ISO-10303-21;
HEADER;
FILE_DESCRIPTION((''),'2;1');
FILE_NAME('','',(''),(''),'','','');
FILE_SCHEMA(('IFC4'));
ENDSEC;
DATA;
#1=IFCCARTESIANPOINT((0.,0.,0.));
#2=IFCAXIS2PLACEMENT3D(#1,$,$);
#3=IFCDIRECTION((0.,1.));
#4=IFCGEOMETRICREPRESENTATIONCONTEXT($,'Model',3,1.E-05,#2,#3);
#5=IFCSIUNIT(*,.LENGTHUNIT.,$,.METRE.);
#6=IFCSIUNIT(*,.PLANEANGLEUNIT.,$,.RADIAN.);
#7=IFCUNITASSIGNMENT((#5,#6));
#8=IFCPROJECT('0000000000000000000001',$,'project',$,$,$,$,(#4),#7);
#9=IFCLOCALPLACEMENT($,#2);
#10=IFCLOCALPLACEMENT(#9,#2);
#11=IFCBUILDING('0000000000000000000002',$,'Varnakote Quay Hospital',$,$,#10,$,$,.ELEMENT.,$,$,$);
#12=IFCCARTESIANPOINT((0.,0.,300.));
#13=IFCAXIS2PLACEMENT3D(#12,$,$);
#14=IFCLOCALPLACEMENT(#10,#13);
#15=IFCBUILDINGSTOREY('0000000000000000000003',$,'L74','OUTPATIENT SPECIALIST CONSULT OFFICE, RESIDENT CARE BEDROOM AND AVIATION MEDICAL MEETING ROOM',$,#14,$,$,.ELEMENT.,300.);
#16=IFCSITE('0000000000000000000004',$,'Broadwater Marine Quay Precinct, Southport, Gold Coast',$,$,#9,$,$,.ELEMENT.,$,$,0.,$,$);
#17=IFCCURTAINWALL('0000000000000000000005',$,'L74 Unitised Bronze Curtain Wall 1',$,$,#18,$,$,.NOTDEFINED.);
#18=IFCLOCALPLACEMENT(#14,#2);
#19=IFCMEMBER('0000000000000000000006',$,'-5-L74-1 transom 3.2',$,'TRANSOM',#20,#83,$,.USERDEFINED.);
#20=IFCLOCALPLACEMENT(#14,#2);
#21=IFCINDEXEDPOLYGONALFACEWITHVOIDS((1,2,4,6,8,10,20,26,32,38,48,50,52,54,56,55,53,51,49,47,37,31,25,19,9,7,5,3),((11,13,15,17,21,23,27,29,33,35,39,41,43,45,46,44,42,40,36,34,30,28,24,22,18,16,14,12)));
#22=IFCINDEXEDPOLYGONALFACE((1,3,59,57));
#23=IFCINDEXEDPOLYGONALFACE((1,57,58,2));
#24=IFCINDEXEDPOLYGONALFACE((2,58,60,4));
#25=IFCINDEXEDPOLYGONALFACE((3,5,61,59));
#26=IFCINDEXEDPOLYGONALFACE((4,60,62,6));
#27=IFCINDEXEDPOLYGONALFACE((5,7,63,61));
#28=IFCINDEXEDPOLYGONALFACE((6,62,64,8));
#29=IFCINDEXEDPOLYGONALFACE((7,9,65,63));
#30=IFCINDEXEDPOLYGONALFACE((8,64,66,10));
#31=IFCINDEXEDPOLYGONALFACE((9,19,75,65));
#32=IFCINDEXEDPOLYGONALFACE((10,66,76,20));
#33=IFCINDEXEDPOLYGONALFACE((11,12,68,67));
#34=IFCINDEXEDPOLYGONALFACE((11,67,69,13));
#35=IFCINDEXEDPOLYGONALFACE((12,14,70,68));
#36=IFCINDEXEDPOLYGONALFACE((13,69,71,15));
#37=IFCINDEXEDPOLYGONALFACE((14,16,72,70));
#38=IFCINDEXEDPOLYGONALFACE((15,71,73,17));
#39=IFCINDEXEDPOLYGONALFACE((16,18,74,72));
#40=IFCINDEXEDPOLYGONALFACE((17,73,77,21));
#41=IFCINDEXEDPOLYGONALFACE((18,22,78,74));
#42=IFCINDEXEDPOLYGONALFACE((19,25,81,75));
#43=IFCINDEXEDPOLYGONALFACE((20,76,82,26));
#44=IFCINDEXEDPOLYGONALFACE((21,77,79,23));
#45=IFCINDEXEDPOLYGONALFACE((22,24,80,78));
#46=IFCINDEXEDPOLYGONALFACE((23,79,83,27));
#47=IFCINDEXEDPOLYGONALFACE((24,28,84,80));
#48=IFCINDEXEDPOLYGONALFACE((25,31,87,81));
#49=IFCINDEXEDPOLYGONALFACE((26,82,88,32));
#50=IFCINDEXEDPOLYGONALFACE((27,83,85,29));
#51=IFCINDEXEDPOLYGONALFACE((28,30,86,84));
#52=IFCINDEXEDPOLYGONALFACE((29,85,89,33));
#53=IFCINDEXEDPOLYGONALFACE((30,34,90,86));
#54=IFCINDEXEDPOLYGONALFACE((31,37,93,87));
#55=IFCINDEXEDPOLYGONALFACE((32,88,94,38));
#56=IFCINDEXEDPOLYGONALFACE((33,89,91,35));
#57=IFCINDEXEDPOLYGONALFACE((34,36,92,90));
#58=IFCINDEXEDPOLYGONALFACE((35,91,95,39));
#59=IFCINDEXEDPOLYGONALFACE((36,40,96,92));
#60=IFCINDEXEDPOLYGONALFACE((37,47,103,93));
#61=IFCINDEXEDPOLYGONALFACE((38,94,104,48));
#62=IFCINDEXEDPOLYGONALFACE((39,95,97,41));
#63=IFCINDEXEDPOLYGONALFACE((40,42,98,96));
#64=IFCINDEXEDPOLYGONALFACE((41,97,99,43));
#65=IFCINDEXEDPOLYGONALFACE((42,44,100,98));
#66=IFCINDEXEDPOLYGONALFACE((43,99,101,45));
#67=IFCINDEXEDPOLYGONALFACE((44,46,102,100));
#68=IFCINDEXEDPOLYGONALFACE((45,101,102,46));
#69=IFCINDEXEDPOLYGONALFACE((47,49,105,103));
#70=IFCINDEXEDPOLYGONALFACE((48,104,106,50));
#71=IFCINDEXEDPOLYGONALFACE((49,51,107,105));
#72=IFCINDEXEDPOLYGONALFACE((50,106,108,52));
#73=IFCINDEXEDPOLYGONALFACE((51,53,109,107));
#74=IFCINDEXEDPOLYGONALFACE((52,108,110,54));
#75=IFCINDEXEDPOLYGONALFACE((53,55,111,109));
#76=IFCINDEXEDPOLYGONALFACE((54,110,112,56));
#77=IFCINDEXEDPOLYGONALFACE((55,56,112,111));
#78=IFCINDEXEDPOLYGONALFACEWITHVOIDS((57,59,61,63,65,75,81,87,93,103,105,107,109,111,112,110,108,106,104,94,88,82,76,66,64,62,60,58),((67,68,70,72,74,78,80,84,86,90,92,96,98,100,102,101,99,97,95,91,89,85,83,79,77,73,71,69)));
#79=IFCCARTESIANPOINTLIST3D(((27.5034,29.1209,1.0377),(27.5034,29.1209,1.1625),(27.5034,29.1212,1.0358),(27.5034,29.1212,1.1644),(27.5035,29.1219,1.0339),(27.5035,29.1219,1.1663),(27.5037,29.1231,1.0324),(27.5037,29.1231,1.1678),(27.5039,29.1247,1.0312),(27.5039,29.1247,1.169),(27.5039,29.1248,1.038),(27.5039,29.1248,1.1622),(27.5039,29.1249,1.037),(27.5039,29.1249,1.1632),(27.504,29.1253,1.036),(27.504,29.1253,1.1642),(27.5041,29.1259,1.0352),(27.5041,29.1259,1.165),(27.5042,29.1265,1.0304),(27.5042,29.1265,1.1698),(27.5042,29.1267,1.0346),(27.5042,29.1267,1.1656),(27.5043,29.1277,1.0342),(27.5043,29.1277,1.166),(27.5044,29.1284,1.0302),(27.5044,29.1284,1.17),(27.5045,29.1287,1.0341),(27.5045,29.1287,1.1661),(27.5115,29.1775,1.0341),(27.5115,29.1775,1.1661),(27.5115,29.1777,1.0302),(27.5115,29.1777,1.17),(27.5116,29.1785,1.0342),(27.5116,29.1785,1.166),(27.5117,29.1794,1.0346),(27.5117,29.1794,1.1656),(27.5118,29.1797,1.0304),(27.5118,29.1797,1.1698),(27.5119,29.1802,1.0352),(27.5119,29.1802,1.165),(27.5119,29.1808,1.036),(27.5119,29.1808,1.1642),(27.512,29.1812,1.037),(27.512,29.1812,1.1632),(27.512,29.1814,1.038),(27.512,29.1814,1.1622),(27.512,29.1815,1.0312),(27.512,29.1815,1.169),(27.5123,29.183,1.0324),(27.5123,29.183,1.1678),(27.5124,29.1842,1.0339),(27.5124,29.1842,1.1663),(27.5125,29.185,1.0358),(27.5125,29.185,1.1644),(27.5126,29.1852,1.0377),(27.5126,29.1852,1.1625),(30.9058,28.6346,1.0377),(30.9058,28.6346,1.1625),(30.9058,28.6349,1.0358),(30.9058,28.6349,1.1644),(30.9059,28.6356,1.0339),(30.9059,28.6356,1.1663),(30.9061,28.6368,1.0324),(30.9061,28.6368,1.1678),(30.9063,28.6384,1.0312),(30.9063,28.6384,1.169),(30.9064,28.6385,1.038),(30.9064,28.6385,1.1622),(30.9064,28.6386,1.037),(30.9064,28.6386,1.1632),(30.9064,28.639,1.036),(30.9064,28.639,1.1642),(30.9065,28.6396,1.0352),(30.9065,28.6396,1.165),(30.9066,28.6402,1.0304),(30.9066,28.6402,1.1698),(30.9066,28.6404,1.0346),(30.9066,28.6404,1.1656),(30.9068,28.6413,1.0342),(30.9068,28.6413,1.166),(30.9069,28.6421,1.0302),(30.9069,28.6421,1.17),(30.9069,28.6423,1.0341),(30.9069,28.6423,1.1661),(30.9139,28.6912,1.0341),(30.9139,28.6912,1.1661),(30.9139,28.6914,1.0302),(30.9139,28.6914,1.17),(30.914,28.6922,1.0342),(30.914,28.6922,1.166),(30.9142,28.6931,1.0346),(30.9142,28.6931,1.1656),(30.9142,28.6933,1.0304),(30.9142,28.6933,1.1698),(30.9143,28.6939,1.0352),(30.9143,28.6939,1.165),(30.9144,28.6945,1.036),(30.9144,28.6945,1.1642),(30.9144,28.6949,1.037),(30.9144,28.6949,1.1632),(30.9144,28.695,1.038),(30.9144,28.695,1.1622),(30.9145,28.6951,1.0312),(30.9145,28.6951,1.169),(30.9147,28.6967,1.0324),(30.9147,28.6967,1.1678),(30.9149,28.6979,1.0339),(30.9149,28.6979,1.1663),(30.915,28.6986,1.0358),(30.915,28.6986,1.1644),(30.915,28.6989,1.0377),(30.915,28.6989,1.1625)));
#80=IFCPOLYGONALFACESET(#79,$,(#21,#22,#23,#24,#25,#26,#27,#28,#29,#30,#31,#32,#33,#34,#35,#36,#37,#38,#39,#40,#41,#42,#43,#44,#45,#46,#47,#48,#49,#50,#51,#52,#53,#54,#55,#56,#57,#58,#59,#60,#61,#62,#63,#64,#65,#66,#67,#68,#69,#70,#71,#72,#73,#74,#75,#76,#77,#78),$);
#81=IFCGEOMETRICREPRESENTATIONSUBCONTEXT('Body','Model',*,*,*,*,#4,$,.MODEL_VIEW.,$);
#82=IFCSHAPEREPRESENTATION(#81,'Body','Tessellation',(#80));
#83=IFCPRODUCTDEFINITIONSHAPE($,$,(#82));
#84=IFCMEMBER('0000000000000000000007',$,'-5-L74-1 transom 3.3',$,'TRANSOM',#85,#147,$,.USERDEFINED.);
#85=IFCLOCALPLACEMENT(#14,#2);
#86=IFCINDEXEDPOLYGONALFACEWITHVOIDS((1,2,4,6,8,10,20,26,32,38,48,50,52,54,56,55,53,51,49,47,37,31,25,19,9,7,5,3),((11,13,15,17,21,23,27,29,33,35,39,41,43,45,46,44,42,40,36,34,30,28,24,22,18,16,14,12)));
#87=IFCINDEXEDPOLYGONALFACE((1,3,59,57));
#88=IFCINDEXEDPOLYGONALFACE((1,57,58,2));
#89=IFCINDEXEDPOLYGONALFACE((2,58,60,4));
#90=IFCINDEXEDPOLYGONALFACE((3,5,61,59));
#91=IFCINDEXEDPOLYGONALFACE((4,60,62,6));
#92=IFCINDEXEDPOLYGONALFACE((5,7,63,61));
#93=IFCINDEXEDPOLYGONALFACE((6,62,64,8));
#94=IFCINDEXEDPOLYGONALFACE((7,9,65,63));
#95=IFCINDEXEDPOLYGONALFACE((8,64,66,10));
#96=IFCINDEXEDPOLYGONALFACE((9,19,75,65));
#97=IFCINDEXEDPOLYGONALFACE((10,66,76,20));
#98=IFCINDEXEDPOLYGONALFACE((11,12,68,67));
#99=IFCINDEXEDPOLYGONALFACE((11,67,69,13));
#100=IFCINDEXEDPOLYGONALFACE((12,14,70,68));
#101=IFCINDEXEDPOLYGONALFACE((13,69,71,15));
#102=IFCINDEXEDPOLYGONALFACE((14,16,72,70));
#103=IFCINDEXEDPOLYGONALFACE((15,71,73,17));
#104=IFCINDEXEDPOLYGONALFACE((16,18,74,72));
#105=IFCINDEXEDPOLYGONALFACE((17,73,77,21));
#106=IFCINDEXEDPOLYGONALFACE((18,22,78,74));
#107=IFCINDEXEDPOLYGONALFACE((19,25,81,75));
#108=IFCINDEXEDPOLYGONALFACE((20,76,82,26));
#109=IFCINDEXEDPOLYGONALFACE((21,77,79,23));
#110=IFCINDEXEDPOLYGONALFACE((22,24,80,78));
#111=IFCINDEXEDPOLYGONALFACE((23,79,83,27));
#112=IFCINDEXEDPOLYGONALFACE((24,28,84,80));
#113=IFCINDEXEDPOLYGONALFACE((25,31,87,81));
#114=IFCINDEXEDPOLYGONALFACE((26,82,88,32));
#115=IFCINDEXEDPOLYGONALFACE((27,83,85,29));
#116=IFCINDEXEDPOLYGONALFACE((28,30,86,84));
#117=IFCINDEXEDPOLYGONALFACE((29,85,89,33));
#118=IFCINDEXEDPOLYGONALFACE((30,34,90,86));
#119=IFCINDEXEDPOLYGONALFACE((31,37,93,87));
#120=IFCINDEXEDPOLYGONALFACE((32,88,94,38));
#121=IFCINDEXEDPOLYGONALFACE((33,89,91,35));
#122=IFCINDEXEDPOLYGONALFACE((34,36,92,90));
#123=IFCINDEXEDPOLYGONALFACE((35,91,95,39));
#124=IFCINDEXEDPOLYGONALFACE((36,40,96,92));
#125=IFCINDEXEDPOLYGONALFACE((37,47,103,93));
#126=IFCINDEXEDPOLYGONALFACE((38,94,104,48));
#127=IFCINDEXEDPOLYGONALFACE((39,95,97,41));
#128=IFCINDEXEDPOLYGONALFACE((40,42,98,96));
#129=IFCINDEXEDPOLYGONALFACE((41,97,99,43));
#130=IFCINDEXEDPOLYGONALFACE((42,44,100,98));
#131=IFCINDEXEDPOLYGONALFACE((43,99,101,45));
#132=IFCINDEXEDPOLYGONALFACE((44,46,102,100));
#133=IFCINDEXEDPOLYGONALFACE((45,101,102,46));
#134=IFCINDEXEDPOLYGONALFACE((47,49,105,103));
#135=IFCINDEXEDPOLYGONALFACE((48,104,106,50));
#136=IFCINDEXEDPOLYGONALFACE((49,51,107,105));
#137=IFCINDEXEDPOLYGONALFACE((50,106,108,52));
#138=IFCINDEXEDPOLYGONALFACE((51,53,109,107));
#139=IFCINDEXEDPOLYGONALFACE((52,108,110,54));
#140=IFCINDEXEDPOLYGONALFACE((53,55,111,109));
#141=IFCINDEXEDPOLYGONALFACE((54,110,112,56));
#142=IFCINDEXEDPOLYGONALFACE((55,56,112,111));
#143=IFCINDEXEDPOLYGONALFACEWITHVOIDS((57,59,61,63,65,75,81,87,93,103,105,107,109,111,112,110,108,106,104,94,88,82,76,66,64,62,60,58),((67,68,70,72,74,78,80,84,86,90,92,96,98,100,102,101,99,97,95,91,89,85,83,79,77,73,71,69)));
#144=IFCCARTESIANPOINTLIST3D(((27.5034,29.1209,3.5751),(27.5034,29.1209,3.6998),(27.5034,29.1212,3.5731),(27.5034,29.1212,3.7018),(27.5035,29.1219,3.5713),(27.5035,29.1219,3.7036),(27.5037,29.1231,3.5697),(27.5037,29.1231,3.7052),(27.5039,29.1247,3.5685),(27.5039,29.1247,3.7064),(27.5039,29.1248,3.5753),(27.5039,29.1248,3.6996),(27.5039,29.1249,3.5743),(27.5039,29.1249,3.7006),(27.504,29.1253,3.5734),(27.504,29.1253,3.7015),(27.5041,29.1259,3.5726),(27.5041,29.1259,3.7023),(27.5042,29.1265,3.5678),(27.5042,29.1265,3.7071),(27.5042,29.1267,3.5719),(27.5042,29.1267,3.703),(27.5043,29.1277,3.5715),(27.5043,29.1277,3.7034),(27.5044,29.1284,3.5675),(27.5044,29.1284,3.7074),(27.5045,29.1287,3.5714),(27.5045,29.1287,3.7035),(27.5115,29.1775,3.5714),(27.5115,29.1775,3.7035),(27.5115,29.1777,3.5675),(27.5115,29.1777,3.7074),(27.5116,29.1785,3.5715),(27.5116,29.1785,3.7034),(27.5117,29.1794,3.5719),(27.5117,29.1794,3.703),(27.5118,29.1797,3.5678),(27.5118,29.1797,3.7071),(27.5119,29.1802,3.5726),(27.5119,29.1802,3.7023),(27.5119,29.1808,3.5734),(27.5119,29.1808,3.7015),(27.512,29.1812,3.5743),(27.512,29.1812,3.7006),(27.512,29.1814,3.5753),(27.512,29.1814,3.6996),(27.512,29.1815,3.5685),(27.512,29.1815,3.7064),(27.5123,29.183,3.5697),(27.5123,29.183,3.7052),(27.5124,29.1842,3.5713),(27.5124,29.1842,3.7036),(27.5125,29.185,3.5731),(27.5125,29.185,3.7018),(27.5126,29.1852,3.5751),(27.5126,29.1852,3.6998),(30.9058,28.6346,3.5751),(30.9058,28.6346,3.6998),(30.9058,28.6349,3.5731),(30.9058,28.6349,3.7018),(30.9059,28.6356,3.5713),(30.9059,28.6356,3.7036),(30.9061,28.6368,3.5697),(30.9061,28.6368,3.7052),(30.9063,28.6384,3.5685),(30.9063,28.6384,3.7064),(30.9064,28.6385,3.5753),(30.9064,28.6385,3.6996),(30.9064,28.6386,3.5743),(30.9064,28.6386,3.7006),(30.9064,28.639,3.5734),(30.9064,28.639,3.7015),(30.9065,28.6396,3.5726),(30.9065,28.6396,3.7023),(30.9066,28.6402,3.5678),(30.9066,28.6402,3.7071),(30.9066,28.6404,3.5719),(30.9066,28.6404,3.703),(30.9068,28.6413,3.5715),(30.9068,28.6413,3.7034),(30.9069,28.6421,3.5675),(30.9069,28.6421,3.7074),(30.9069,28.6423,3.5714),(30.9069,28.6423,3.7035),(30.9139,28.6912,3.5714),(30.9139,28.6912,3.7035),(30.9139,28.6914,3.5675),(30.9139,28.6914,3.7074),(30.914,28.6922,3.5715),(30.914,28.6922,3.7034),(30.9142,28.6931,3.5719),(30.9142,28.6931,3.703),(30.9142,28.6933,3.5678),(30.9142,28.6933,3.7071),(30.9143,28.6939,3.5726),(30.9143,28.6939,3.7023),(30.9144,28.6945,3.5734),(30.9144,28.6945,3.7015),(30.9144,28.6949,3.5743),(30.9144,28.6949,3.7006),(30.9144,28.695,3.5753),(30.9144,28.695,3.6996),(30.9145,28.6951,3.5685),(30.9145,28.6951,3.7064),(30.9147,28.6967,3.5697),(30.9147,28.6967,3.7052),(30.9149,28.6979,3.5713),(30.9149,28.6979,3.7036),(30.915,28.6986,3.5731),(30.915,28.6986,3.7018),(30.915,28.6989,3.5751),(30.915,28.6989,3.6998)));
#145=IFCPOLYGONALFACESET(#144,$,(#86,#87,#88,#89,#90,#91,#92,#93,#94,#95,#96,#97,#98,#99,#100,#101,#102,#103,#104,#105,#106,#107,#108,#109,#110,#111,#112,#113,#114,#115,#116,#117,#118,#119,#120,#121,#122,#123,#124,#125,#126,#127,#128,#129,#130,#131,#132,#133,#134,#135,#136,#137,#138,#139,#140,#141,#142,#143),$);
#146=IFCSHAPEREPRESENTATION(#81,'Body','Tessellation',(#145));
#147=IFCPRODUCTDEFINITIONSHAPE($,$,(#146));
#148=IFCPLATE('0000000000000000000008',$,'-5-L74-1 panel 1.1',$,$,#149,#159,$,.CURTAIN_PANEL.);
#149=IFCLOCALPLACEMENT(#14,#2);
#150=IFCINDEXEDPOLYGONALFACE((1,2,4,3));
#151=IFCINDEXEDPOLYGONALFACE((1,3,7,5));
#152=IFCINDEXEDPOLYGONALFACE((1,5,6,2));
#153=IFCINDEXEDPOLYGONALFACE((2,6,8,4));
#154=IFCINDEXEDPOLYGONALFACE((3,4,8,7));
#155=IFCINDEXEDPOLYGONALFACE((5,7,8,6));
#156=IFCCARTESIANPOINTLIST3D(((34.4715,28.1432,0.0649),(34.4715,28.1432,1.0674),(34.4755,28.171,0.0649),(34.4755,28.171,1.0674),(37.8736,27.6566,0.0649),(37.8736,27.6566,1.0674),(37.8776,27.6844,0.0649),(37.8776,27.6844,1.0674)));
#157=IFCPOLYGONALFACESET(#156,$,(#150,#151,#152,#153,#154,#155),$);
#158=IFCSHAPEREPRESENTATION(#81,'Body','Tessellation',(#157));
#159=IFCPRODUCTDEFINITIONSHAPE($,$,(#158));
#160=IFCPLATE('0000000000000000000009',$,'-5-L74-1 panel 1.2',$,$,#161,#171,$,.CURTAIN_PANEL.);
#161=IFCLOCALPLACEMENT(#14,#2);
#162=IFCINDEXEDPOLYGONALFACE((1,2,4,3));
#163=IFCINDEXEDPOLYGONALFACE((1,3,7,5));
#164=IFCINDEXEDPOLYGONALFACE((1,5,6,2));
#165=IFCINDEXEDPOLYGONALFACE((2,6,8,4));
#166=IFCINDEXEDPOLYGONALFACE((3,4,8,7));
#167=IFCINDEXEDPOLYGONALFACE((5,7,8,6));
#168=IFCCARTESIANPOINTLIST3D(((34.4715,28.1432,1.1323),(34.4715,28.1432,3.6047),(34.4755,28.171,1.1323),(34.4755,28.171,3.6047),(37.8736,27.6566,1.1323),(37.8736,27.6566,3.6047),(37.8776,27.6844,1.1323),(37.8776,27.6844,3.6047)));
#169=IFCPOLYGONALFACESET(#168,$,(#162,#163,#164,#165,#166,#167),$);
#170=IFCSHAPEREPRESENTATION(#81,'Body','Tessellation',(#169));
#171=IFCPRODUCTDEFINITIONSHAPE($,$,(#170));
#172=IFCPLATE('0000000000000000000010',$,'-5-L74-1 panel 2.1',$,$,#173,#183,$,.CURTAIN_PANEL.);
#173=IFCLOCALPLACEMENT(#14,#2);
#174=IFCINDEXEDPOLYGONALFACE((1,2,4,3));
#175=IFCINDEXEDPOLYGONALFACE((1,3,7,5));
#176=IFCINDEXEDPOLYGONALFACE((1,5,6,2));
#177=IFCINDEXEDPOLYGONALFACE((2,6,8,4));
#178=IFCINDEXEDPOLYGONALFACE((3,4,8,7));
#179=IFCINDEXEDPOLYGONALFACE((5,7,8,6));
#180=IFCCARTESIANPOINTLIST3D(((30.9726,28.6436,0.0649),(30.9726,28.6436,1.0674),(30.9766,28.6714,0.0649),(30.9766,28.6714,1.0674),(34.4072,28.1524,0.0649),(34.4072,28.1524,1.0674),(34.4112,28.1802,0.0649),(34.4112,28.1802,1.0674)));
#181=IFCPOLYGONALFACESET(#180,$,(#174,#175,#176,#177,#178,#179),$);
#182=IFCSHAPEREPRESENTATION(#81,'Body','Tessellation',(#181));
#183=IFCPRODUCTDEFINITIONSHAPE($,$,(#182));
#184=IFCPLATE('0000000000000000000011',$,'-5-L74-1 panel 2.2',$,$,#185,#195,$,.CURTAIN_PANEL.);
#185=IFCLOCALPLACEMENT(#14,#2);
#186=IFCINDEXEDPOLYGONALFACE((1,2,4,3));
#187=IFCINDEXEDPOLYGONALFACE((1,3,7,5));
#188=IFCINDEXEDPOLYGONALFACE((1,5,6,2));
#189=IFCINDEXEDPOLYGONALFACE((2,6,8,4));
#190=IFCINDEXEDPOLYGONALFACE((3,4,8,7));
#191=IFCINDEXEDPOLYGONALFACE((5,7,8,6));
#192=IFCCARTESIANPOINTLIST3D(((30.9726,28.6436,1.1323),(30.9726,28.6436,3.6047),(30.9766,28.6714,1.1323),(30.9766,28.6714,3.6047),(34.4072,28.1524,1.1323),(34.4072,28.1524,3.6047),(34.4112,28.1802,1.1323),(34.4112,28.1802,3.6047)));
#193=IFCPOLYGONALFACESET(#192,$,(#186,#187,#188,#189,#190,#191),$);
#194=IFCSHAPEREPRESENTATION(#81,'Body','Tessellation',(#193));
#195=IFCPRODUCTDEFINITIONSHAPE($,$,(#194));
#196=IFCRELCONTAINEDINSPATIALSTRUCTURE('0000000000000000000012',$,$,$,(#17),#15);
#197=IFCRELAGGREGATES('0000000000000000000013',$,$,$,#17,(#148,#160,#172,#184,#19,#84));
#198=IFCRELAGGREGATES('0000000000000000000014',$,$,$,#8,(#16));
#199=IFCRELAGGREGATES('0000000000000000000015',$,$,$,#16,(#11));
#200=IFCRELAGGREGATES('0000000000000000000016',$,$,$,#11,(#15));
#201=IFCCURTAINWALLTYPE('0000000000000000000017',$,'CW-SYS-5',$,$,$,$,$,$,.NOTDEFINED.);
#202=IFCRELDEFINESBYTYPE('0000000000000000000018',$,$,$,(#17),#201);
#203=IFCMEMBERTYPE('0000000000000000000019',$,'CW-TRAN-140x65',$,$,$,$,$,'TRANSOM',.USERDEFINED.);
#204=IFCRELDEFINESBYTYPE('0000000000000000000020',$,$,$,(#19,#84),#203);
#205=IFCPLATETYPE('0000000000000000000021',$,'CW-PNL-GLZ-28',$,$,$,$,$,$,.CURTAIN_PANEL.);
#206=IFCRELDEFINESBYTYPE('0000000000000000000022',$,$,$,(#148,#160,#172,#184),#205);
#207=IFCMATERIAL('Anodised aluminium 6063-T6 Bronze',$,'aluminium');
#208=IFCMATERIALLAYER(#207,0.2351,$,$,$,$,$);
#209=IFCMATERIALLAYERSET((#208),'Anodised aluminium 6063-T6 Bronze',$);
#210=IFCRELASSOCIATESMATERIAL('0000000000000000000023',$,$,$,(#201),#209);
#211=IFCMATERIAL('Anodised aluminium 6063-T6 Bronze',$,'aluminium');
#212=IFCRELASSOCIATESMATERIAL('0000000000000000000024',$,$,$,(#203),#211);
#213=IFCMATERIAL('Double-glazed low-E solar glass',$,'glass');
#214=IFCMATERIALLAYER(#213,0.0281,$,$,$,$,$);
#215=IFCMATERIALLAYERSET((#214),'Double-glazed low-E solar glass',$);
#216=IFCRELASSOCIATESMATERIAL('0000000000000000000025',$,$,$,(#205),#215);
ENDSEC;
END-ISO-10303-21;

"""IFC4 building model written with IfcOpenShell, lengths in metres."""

from ifc_helpers import new_model, si_unit, direction, frame, origin, origin_2d, place, context, subcontext, project, spatial, rectangle, hollow_rectangle, extrude, material, layer, layer_set, material_profile, profile_set, type_object, element, aggregate, save


model = new_model("IFC4")

# Units and contexts
model_context = context("Model", 3, precision=1e-05, world=origin(), true_north=direction((0.0, 1.0)))
body_context = subcontext(model_context, "Body", "Model", "MODEL_VIEW")
ifc_project = project(units=[si_unit("LENGTHUNIT", "METRE"), si_unit("PLANEANGLEUNIT", "RADIAN")], contexts=[model_context])

# Site, building, storey
site_placement = place(None, origin())
site = spatial("IfcSite", under=ifc_project, at=site_placement, Name="Broadwater Marine Quay Precinct, Southport, Gold Coast", CompositionType="ELEMENT", RefElevation=0.0)
building_placement = place(site_placement, origin())
building = spatial("IfcBuilding", under=site, at=building_placement, Name="Varnakote Quay Hospital", CompositionType="ELEMENT")
storey_placement = place(building_placement, frame((0.0, 0.0, 300.0)))
storey = spatial("IfcBuildingStorey", under=building, at=storey_placement, Name="L74", Description="OUTPATIENT SPECIALIST CONSULT OFFICE, RESIDENT CARE BEDROOM AND AVIATION MEDICAL MEETING ROOM", CompositionType="ELEMENT", Elevation=300.0)

# Curtain wall, members, plates
ifc_material_1 = material(Name="Anodised aluminium 6063-T6 Bronze", Category="aluminium")
ifc_layer_1 = layer(ifc_material_1, 0.2351)
ifc_layer_set_1 = layer_set([ifc_layer_1], Name="Anodised aluminium 6063-T6 Bronze")
curtain_wall_type = type_object("IfcCurtainWallType", Name="CW-SYS-5", PredefinedType="NOTDEFINED", material=ifc_layer_set_1)
curtain_wall_placement = place(storey_placement, origin())
curtain_wall = element("IfcCurtainWall", 1, at=curtain_wall_placement, inside=storey, type_object=curtain_wall_type, Name="L74 Unitised Bronze Curtain Wall 1", PredefinedType="NOTDEFINED")
ifc_material_2 = material(Name="Anodised aluminium 6063-T6 Bronze", Category="aluminium")
ifc_material_profile_1 = material_profile(ifc_material_2, hollow_rectangle(XDim=0.0649, YDim=0.1399, WallThickness=0.0039, InnerFilletRadius=0.0039, OuterFilletRadius=0.0076, at=origin_2d()), Name="CW-TRAN-140x65")
ifc_profile_set_1 = profile_set([ifc_material_profile_1], Name="Anodised aluminium 6063-T6 Bronze")
member_type_1 = type_object("IfcMemberType", Name="CW-TRAN-140x65", ElementType="TRANSOM", PredefinedType="USERDEFINED", material=ifc_profile_set_1)
member_1_placement = place(storey_placement, frame((30.9104, 28.6667, 1.1001), z_axis=(-0.989938, 0.141501, 0.0), x_axis=(-0.141501, -0.989938, 0.0)))
member_1 = element("IfcMember", 2, at=member_1_placement, type_object=member_type_1, Name="-5-L74-1 transom 3.2", ObjectType="TRANSOM", PredefinedType="USERDEFINED", context=body_context, shape_type="SweptSolid", body=[
    extrude(hollow_rectangle(XDim=0.0649, YDim=0.1399, WallThickness=0.0039, InnerFilletRadius=0.0039, OuterFilletRadius=0.0076, at=origin_2d()), origin(), (0.0, 0.0, 1.0), 3.437),
])
member_2_placement = place(storey_placement, frame((30.9104, 28.6667, 3.6375), z_axis=(-0.989938, 0.141501, 0.0), x_axis=(-0.141501, -0.989938, 0.0)))
member_2 = element("IfcMember", 3, at=member_2_placement, type_object=member_type_1, Name="-5-L74-1 transom 3.3", ObjectType="TRANSOM", PredefinedType="USERDEFINED", context=body_context, shape_type="SweptSolid", body=[
    extrude(hollow_rectangle(XDim=0.0649, YDim=0.1399, WallThickness=0.0039, InnerFilletRadius=0.0039, OuterFilletRadius=0.0076, at=origin_2d()), origin(), (0.0, 0.0, 1.0), 3.437),
])
ifc_material_3 = material(Name="Double-glazed low-E solar glass", Category="glass")
ifc_layer_2 = layer(ifc_material_3, 0.0281)
ifc_layer_set_2 = layer_set([ifc_layer_2], Name="Double-glazed low-E solar glass")
plate_type = type_object("IfcPlateType", Name="CW-PNL-GLZ-28", PredefinedType="CURTAIN_PANEL", material=ifc_layer_set_2)
plate_1_placement = place(storey_placement, frame((36.1746, 27.9138, 0.0649), z_axis=(0.0, 0.0, 1.0), x_axis=(-0.989928, 0.141572, 0.0)))
plate_1 = element("IfcPlate", 4, at=plate_1_placement, type_object=plate_type, Name="-5-L74-1 panel 1.1", PredefinedType="CURTAIN_PANEL", context=body_context, shape_type="SweptSolid", body=[
    extrude(rectangle(XDim=3.4368, YDim=0.0281, at=origin_2d()), origin(), (0.0, 0.0, 1.0), 1.0024),
])
plate_2_placement = place(storey_placement, frame((36.1746, 27.9138, 1.1323), z_axis=(0.0, 0.0, 1.0), x_axis=(-0.989928, 0.141572, 0.0)))
plate_2 = element("IfcPlate", 5, at=plate_2_placement, type_object=plate_type, Name="-5-L74-1 panel 1.2", PredefinedType="CURTAIN_PANEL", context=body_context, shape_type="SweptSolid", body=[
    extrude(rectangle(XDim=3.4368, YDim=0.0281, at=origin_2d()), origin(), (0.0, 0.0, 1.0), 2.4724),
])
plate_3_placement = place(storey_placement, frame((32.6919, 28.4119, 0.0649), z_axis=(0.0, 0.0, 1.0), x_axis=(-0.989928, 0.141572, 0.0)))
plate_3 = element("IfcPlate", 6, at=plate_3_placement, type_object=plate_type, Name="-5-L74-1 panel 2.1", PredefinedType="CURTAIN_PANEL", context=body_context, shape_type="SweptSolid", body=[
    extrude(rectangle(XDim=3.4695, YDim=0.0281, at=origin_2d()), origin(), (0.0, 0.0, 1.0), 1.0024),
])
plate_4_placement = place(storey_placement, frame((32.6919, 28.4119, 1.1323), z_axis=(0.0, 0.0, 1.0), x_axis=(-0.989928, 0.141572, 0.0)))
plate_4 = element("IfcPlate", 7, at=plate_4_placement, type_object=plate_type, Name="-5-L74-1 panel 2.2", PredefinedType="CURTAIN_PANEL", context=body_context, shape_type="SweptSolid", body=[
    extrude(rectangle(XDim=3.4695, YDim=0.0281, at=origin_2d()), origin(), (0.0, 0.0, 1.0), 2.4724),
])
aggregate(curtain_wall, [plate_1, plate_2, plate_3, plate_4, member_1, member_2])

save(model, "model.ifc")
